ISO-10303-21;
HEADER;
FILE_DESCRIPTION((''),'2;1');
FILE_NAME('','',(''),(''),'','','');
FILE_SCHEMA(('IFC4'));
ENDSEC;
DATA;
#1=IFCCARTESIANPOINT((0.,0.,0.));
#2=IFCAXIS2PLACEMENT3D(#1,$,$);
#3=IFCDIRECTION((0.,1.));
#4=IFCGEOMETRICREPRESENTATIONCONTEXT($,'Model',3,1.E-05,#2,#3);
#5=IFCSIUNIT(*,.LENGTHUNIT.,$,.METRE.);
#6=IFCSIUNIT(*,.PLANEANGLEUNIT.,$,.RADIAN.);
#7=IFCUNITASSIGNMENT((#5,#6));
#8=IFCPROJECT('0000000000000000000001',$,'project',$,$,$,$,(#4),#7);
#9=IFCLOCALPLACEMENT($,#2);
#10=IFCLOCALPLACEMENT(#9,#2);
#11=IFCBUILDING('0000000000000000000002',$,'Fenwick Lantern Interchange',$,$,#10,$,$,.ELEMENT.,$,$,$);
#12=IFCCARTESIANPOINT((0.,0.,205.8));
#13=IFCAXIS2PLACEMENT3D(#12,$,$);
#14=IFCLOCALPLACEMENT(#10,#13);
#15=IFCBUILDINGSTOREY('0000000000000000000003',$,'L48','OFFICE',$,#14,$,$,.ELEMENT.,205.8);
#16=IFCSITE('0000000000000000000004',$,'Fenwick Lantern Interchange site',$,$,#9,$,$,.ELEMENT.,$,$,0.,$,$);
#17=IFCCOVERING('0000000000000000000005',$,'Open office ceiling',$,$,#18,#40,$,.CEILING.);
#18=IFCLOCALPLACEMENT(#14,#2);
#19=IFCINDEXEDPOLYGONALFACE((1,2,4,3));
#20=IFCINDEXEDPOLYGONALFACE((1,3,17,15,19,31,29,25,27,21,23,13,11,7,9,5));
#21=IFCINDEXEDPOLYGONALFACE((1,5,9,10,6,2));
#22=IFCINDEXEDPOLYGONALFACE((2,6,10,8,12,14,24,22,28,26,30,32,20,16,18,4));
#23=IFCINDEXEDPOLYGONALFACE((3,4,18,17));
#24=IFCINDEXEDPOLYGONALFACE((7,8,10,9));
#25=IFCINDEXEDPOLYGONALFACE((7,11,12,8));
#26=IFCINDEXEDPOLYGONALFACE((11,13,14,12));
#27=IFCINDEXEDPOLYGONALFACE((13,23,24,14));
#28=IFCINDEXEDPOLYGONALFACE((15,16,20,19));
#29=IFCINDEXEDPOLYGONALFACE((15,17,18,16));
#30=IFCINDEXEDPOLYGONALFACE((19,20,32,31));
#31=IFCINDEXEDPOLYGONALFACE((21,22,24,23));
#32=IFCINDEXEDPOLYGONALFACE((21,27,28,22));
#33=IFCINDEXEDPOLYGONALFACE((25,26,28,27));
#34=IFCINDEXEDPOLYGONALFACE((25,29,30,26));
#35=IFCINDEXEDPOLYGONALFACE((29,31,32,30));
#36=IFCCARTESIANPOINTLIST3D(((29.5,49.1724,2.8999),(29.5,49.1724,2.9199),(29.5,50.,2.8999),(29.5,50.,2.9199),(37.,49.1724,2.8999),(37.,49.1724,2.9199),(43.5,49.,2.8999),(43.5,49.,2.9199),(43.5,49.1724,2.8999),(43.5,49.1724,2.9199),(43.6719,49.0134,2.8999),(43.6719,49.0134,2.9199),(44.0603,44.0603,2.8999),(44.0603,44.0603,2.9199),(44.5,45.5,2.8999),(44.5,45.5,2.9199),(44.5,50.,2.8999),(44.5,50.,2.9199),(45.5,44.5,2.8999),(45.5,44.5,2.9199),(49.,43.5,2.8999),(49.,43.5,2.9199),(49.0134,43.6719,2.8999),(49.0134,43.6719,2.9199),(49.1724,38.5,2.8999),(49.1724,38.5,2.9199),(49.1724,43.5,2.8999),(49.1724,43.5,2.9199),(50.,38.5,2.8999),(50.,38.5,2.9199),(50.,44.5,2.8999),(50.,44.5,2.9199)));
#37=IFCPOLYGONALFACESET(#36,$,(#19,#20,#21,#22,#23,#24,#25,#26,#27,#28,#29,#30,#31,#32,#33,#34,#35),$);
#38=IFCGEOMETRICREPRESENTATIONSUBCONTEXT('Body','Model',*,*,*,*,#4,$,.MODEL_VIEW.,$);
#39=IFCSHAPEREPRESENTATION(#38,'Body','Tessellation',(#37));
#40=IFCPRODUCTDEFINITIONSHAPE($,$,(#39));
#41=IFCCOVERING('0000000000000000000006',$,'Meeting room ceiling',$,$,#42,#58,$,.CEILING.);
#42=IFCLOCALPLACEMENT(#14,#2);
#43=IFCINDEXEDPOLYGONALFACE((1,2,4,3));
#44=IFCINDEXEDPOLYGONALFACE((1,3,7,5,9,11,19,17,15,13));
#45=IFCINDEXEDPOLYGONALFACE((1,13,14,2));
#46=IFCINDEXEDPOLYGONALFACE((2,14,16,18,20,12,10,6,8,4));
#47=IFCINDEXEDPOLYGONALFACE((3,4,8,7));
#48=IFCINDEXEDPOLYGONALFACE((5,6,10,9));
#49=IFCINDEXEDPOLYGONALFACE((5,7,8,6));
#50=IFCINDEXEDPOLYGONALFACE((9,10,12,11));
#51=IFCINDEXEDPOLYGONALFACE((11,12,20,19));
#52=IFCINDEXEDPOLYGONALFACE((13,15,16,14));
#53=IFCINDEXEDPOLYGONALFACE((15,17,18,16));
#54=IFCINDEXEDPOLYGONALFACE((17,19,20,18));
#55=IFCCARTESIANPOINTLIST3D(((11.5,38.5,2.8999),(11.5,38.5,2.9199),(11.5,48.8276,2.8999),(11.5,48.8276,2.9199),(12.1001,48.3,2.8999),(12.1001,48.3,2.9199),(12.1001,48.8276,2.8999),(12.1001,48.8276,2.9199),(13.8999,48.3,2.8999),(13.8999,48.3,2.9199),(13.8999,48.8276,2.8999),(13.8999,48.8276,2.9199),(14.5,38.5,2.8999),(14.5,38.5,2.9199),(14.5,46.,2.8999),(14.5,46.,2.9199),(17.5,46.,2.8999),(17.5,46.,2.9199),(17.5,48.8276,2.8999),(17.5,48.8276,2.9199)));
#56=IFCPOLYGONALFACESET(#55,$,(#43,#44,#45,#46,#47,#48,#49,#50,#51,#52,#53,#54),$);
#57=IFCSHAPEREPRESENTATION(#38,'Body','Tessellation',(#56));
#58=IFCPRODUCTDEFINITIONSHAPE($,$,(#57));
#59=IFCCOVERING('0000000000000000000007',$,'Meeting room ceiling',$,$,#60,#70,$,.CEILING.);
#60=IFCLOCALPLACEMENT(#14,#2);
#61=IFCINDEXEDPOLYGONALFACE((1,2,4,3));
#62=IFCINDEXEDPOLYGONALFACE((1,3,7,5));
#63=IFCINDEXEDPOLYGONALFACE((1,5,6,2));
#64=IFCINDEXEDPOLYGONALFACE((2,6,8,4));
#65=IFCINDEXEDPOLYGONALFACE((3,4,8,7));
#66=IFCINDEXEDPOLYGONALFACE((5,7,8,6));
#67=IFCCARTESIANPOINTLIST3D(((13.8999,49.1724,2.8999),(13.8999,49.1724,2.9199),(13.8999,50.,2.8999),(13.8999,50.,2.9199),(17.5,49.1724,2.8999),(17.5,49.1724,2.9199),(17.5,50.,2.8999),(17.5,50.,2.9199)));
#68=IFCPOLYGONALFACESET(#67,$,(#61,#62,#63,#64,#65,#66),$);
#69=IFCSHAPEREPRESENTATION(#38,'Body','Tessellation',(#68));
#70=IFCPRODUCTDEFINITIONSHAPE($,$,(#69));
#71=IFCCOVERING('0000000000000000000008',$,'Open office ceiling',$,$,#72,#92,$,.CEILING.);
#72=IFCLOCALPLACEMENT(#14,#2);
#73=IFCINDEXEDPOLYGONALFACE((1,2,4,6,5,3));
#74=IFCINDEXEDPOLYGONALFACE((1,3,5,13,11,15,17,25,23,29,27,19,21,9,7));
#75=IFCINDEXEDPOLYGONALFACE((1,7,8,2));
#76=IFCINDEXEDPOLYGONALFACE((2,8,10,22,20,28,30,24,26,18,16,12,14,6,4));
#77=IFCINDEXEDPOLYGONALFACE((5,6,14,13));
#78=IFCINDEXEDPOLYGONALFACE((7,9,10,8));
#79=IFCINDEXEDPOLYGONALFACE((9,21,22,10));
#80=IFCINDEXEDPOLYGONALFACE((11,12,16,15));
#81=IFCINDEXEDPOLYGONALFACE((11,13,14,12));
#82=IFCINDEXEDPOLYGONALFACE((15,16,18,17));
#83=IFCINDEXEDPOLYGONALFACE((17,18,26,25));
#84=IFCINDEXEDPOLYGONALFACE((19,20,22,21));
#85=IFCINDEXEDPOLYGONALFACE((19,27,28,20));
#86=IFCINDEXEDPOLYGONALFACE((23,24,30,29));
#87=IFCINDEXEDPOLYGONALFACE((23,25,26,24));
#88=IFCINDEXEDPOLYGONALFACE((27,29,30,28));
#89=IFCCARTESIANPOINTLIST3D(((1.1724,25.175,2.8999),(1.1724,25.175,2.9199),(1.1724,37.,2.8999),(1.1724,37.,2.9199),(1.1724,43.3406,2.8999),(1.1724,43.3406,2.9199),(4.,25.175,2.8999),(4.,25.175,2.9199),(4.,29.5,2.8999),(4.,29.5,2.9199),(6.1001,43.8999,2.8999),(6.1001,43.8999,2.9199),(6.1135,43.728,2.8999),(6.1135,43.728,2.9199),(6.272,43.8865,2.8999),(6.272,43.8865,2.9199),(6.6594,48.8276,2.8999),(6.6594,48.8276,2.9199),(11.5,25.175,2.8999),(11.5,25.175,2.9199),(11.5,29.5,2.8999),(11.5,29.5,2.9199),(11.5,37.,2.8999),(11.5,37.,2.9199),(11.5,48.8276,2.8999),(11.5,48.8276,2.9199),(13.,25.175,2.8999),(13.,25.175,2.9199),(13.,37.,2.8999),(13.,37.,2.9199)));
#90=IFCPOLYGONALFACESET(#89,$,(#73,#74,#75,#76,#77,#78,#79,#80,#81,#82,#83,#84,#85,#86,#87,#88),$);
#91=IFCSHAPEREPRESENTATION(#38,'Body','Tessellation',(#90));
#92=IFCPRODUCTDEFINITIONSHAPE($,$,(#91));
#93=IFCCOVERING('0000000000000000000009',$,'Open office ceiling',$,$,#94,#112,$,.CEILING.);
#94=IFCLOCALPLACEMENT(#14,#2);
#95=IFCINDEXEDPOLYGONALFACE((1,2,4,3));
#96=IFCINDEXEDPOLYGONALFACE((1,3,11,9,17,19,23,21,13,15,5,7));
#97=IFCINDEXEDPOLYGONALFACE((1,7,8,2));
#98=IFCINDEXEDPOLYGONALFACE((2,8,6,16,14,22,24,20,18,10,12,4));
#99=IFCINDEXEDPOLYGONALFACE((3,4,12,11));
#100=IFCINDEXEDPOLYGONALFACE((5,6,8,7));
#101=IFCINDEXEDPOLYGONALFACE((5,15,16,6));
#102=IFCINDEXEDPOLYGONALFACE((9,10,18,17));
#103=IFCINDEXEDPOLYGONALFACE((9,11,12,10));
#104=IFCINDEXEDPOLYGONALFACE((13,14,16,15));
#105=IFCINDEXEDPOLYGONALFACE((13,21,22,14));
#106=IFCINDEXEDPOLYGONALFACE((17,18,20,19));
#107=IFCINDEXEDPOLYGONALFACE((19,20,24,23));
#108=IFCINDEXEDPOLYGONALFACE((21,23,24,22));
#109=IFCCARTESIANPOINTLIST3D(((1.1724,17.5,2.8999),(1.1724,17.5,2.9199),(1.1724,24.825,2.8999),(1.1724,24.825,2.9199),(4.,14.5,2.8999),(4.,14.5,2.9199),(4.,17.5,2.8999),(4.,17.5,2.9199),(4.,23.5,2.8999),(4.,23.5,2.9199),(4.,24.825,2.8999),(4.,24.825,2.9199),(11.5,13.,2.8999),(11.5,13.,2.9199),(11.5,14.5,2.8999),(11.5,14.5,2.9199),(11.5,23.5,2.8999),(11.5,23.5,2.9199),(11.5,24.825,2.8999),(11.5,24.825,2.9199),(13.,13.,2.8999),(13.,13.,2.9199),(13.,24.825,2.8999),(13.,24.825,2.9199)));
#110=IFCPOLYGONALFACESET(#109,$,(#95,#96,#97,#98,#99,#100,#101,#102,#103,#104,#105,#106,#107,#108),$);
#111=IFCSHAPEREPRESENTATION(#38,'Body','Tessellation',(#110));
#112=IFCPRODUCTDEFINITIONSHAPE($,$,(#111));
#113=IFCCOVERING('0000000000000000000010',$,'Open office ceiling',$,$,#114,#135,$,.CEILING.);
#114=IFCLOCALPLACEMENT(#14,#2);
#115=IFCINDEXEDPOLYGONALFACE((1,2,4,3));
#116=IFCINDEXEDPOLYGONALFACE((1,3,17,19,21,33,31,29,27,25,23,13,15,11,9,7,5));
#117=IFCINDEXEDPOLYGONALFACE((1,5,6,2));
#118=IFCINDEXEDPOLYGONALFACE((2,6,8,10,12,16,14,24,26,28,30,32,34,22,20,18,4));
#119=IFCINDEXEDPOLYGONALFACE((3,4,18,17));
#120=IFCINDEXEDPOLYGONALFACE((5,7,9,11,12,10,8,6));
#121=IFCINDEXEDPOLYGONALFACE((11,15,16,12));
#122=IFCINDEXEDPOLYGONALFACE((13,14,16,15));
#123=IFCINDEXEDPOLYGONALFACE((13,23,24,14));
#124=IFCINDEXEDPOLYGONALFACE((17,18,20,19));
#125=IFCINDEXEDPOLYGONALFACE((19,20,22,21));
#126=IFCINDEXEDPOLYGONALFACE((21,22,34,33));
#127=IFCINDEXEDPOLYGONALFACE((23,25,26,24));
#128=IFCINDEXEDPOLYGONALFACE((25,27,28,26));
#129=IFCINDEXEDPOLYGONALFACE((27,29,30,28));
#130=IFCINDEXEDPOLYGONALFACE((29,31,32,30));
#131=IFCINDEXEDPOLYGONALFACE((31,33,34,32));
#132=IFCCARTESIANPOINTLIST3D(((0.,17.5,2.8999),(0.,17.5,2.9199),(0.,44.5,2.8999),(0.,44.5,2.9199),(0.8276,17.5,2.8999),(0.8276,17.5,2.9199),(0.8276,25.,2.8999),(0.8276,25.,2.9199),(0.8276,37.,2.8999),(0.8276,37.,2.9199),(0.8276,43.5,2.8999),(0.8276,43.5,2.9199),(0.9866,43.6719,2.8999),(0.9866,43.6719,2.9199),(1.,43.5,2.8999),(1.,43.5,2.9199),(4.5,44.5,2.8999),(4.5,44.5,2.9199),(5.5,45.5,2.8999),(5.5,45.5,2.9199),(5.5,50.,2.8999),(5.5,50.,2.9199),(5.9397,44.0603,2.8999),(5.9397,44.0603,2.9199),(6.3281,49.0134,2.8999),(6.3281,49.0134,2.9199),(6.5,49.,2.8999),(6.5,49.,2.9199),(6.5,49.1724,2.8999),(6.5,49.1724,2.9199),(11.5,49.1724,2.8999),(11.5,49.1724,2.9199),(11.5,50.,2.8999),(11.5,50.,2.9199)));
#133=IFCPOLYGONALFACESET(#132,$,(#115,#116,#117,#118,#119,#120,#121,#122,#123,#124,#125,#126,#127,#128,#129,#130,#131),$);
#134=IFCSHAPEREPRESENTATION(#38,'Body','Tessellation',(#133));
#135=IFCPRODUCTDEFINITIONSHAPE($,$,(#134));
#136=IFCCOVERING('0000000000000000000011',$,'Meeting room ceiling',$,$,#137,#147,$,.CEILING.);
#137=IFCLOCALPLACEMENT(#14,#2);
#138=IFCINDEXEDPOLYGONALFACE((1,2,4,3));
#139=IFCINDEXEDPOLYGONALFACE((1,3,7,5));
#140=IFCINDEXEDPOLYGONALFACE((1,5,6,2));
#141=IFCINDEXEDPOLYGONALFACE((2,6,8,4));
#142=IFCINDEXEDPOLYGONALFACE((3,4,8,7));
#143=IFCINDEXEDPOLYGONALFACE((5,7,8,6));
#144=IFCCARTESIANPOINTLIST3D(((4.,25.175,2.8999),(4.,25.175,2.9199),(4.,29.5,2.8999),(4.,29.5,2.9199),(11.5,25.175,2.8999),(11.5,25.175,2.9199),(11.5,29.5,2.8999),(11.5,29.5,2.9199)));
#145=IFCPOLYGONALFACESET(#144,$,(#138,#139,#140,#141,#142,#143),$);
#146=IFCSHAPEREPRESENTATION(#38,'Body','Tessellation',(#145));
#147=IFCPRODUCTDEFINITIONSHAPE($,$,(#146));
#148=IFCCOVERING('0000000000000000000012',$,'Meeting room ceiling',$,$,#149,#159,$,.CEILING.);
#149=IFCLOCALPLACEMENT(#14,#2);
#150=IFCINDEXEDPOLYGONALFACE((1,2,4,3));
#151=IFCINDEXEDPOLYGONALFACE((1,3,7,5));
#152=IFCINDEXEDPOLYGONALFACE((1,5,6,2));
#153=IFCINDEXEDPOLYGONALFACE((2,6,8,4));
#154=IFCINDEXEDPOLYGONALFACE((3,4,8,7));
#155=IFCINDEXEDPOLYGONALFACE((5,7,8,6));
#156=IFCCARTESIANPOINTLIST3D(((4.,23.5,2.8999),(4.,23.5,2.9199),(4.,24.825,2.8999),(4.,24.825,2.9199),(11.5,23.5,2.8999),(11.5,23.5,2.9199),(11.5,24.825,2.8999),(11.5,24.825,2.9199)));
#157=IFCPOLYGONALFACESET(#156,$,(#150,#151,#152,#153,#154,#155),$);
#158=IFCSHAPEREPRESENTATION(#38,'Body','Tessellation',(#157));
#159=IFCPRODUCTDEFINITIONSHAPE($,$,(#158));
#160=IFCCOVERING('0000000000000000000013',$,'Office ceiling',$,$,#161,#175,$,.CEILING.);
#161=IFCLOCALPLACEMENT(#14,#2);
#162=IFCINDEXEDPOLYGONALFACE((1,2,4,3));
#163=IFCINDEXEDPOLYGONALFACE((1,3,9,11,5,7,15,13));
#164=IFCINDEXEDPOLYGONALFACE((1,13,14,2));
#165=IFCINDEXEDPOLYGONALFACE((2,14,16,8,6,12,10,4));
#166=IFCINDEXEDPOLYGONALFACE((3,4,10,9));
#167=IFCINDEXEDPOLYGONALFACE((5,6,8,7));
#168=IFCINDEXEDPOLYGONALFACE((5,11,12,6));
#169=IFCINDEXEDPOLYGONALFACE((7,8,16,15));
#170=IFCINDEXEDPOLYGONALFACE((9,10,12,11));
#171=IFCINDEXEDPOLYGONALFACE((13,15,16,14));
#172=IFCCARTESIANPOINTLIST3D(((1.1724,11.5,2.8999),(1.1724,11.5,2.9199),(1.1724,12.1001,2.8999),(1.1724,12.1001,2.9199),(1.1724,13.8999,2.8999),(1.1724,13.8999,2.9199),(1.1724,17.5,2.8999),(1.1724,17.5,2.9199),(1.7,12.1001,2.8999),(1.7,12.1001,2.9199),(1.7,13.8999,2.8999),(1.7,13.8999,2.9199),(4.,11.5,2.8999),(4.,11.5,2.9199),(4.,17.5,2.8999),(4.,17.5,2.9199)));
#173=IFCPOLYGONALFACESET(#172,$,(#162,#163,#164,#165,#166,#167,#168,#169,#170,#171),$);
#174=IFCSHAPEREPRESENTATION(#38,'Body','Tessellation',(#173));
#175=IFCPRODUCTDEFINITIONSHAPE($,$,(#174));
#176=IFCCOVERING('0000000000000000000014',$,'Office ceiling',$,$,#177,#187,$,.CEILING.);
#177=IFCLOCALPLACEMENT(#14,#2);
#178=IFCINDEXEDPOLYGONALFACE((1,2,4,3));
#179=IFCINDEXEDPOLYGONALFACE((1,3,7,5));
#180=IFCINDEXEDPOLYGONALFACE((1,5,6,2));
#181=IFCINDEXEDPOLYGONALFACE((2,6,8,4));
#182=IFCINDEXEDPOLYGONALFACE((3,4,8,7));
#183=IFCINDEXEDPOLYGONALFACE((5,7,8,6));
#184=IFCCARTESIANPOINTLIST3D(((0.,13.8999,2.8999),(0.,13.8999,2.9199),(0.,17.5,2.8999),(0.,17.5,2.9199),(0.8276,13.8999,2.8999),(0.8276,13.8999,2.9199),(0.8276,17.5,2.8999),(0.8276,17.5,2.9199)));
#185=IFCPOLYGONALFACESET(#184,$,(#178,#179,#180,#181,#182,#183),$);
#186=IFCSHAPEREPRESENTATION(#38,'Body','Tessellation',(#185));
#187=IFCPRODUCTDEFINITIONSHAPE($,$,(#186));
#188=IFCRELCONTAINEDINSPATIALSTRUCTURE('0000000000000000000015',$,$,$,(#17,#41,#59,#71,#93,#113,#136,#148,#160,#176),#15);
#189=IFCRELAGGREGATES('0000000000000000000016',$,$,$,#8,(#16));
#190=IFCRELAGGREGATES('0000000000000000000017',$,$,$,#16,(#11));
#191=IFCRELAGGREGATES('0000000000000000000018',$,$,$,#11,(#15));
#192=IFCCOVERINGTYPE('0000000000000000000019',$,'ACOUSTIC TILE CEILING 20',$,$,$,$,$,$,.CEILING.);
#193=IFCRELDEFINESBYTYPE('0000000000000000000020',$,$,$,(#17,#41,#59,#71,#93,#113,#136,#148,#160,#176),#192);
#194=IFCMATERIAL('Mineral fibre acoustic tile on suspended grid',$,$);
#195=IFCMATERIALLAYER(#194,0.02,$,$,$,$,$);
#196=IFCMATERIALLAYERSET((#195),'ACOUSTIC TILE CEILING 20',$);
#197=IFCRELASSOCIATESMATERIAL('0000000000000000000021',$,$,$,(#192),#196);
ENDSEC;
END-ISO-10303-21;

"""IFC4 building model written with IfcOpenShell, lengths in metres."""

from ifc_helpers import new_model, si_unit, direction, frame, origin, place, context, subcontext, project, spatial, polyline, outline, extrude, material, layer, layer_set, type_object, element, save


model = new_model("IFC4")

# Units and contexts
model_context = context("Model", 3, precision=1e-05, world=origin(), true_north=direction((0.0, 1.0)))
body_context = subcontext(model_context, "Body", "Model", "MODEL_VIEW")
ifc_project = project(units=[si_unit("LENGTHUNIT", "METRE"), si_unit("PLANEANGLEUNIT", "RADIAN")], contexts=[model_context])

# Site, building, storey
site_placement = place(None, origin())
site = spatial("IfcSite", under=ifc_project, at=site_placement, Name="Fenwick Lantern Interchange site", CompositionType="ELEMENT", RefElevation=0.0)
building_placement = place(site_placement, origin())
building = spatial("IfcBuilding", under=site, at=building_placement, Name="Fenwick Lantern Interchange", CompositionType="ELEMENT")
storey_placement = place(building_placement, frame((0.0, 0.0, 205.8)))
storey = spatial("IfcBuildingStorey", under=building, at=storey_placement, Name="L48", Description="OFFICE", CompositionType="ELEMENT", Elevation=205.8)

# Coverings
ifc_material_1 = material(Name="Mineral fibre acoustic tile on suspended grid")
ifc_layer_1 = layer(ifc_material_1, 0.02)
ifc_layer_set_1 = layer_set([ifc_layer_1], Name="ACOUSTIC TILE CEILING 20")
covering_type_1 = type_object("IfcCoveringType", Name="ACOUSTIC TILE CEILING 20", PredefinedType="CEILING", material=ifc_layer_set_1)
covering_1_placement = place(storey_placement, frame((0.0, 0.0, 2.8999)))
element("IfcCovering", 1, at=covering_1_placement, inside=storey, type_object=covering_type_1, Name="Open office ceiling", PredefinedType="CEILING", context=body_context, shape_type="SweptSolid", body=[
    extrude(outline(polyline([(44.5, 50.0), (29.5, 50.0), (29.5, 49.1724), (37.0, 49.1724), (43.5, 49.1724), (43.5, 49.0), (43.6719, 49.0134), (44.0603, 44.0603), (49.0134, 43.6719), (49.0, 43.5), (49.1724, 43.5), (49.1724, 38.5), (50.0, 38.5), (50.0, 44.5), (45.5, 44.5), (44.5, 45.5), (44.5, 50.0)])), origin(), (0.0, 0.0, 1.0), 0.02),
])
covering_2_placement = place(storey_placement, frame((0.0, 0.0, 2.8999)))
element("IfcCovering", 2, at=covering_2_placement, inside=storey, type_object=covering_type_1, Name="Meeting room ceiling", PredefinedType="CEILING", context=body_context, shape_type="SweptSolid", body=[
    extrude(outline(polyline([(12.1001, 48.3), (12.1001, 48.8276), (11.5, 48.8276), (11.5, 38.5), (14.5, 38.5), (14.5, 46.0), (17.5, 46.0), (17.5, 48.8276), (13.8999, 48.8276), (13.8999, 48.3), (12.1001, 48.3)])), origin(), (0.0, 0.0, 1.0), 0.02),
])
covering_3_placement = place(storey_placement, frame((0.0, 0.0, 2.8999)))
element("IfcCovering", 3, at=covering_3_placement, inside=storey, type_object=covering_type_1, Name="Meeting room ceiling", PredefinedType="CEILING", context=body_context, shape_type="SweptSolid", body=[
    extrude(outline(polyline([(13.8999, 50.0), (13.8999, 49.1724), (17.5, 49.1724), (17.5, 50.0), (13.8999, 50.0)])), origin(), (0.0, 0.0, 1.0), 0.02),
])
covering_4_placement = place(storey_placement, frame((0.0, 0.0, 2.8999)))
element("IfcCovering", 4, at=covering_4_placement, inside=storey, type_object=covering_type_1, Name="Open office ceiling", PredefinedType="CEILING", context=body_context, shape_type="SweptSolid", body=[
    extrude(outline(polyline([(11.5, 37.0), (11.5, 48.8276), (6.6594, 48.8276), (6.272, 43.8865), (6.1001, 43.8999), (6.1135, 43.728), (1.1724, 43.3406), (1.1724, 37.0), (1.1724, 25.175), (4.0, 25.175), (4.0, 29.5), (11.5, 29.5), (11.5, 25.175), (13.0, 25.175), (13.0, 37.0), (11.5, 37.0)])), origin(), (0.0, 0.0, 1.0), 0.02),
])
covering_5_placement = place(storey_placement, frame((0.0, 0.0, 2.8999)))
element("IfcCovering", 5, at=covering_5_placement, inside=storey, type_object=covering_type_1, Name="Open office ceiling", PredefinedType="CEILING", context=body_context, shape_type="SweptSolid", body=[
    extrude(outline(polyline([(4.0, 17.5), (4.0, 14.5), (11.5, 14.5), (11.5, 13.0), (13.0, 13.0), (13.0, 24.825), (11.5, 24.825), (11.5, 23.5), (4.0, 23.5), (4.0, 24.825), (1.1724, 24.825), (1.1724, 17.5), (4.0, 17.5)])), origin(), (0.0, 0.0, 1.0), 0.02),
])
covering_6_placement = place(storey_placement, frame((0.0, 0.0, 2.8999)))
element("IfcCovering", 6, at=covering_6_placement, inside=storey, type_object=covering_type_1, Name="Open office ceiling", PredefinedType="CEILING", context=body_context, shape_type="SweptSolid", body=[
    extrude(outline(polyline([(0.0, 17.5), (0.8276, 17.5), (0.8276, 25.0), (0.8276, 37.0), (0.8276, 43.5), (1.0, 43.5), (0.9866, 43.6719), (5.9397, 44.0603), (6.3281, 49.0134), (6.5, 49.0), (6.5, 49.1724), (11.5, 49.1724), (11.5, 50.0), (5.5, 50.0), (5.5, 45.5), (4.5, 44.5), (0.0, 44.5), (0.0, 17.5)])), origin(), (0.0, 0.0, 1.0), 0.02),
])
covering_7_placement = place(storey_placement, frame((0.0, 0.0, 2.8999)))
element("IfcCovering", 7, at=covering_7_placement, inside=storey, type_object=covering_type_1, Name="Meeting room ceiling", PredefinedType="CEILING", context=body_context, shape_type="SweptSolid", body=[
    extrude(outline(polyline([(11.5, 29.5), (4.0, 29.5), (4.0, 25.175), (11.5, 25.175), (11.5, 29.5)])), origin(), (0.0, 0.0, 1.0), 0.02),
])
covering_8_placement = place(storey_placement, frame((0.0, 0.0, 2.8999)))
element("IfcCovering", 8, at=covering_8_placement, inside=storey, type_object=covering_type_1, Name="Meeting room ceiling", PredefinedType="CEILING", context=body_context, shape_type="SweptSolid", body=[
    extrude(outline(polyline([(11.5, 23.5), (11.5, 24.825), (4.0, 24.825), (4.0, 23.5), (11.5, 23.5)])), origin(), (0.0, 0.0, 1.0), 0.02),
])
covering_9_placement = place(storey_placement, frame((0.0, 0.0, 2.8999)))
element("IfcCovering", 9, at=covering_9_placement, inside=storey, type_object=covering_type_1, Name="Office ceiling", PredefinedType="CEILING", context=body_context, shape_type="SweptSolid", body=[
    extrude(outline(polyline([(4.0, 17.5), (1.1724, 17.5), (1.1724, 13.8999), (1.7, 13.8999), (1.7, 12.1001), (1.1724, 12.1001), (1.1724, 11.5), (4.0, 11.5), (4.0, 17.5)])), origin(), (0.0, 0.0, 1.0), 0.02),
])
covering_10_placement = place(storey_placement, frame((0.0, 0.0, 2.8999)))
element("IfcCovering", 10, at=covering_10_placement, inside=storey, type_object=covering_type_1, Name="Office ceiling", PredefinedType="CEILING", context=body_context, shape_type="SweptSolid", body=[
    extrude(outline(polyline([(0.8276, 17.5), (0.0, 17.5), (0.0, 13.8999), (0.8276, 13.8999), (0.8276, 17.5)])), origin(), (0.0, 0.0, 1.0), 0.02),
])

save(model, "model.ifc")
